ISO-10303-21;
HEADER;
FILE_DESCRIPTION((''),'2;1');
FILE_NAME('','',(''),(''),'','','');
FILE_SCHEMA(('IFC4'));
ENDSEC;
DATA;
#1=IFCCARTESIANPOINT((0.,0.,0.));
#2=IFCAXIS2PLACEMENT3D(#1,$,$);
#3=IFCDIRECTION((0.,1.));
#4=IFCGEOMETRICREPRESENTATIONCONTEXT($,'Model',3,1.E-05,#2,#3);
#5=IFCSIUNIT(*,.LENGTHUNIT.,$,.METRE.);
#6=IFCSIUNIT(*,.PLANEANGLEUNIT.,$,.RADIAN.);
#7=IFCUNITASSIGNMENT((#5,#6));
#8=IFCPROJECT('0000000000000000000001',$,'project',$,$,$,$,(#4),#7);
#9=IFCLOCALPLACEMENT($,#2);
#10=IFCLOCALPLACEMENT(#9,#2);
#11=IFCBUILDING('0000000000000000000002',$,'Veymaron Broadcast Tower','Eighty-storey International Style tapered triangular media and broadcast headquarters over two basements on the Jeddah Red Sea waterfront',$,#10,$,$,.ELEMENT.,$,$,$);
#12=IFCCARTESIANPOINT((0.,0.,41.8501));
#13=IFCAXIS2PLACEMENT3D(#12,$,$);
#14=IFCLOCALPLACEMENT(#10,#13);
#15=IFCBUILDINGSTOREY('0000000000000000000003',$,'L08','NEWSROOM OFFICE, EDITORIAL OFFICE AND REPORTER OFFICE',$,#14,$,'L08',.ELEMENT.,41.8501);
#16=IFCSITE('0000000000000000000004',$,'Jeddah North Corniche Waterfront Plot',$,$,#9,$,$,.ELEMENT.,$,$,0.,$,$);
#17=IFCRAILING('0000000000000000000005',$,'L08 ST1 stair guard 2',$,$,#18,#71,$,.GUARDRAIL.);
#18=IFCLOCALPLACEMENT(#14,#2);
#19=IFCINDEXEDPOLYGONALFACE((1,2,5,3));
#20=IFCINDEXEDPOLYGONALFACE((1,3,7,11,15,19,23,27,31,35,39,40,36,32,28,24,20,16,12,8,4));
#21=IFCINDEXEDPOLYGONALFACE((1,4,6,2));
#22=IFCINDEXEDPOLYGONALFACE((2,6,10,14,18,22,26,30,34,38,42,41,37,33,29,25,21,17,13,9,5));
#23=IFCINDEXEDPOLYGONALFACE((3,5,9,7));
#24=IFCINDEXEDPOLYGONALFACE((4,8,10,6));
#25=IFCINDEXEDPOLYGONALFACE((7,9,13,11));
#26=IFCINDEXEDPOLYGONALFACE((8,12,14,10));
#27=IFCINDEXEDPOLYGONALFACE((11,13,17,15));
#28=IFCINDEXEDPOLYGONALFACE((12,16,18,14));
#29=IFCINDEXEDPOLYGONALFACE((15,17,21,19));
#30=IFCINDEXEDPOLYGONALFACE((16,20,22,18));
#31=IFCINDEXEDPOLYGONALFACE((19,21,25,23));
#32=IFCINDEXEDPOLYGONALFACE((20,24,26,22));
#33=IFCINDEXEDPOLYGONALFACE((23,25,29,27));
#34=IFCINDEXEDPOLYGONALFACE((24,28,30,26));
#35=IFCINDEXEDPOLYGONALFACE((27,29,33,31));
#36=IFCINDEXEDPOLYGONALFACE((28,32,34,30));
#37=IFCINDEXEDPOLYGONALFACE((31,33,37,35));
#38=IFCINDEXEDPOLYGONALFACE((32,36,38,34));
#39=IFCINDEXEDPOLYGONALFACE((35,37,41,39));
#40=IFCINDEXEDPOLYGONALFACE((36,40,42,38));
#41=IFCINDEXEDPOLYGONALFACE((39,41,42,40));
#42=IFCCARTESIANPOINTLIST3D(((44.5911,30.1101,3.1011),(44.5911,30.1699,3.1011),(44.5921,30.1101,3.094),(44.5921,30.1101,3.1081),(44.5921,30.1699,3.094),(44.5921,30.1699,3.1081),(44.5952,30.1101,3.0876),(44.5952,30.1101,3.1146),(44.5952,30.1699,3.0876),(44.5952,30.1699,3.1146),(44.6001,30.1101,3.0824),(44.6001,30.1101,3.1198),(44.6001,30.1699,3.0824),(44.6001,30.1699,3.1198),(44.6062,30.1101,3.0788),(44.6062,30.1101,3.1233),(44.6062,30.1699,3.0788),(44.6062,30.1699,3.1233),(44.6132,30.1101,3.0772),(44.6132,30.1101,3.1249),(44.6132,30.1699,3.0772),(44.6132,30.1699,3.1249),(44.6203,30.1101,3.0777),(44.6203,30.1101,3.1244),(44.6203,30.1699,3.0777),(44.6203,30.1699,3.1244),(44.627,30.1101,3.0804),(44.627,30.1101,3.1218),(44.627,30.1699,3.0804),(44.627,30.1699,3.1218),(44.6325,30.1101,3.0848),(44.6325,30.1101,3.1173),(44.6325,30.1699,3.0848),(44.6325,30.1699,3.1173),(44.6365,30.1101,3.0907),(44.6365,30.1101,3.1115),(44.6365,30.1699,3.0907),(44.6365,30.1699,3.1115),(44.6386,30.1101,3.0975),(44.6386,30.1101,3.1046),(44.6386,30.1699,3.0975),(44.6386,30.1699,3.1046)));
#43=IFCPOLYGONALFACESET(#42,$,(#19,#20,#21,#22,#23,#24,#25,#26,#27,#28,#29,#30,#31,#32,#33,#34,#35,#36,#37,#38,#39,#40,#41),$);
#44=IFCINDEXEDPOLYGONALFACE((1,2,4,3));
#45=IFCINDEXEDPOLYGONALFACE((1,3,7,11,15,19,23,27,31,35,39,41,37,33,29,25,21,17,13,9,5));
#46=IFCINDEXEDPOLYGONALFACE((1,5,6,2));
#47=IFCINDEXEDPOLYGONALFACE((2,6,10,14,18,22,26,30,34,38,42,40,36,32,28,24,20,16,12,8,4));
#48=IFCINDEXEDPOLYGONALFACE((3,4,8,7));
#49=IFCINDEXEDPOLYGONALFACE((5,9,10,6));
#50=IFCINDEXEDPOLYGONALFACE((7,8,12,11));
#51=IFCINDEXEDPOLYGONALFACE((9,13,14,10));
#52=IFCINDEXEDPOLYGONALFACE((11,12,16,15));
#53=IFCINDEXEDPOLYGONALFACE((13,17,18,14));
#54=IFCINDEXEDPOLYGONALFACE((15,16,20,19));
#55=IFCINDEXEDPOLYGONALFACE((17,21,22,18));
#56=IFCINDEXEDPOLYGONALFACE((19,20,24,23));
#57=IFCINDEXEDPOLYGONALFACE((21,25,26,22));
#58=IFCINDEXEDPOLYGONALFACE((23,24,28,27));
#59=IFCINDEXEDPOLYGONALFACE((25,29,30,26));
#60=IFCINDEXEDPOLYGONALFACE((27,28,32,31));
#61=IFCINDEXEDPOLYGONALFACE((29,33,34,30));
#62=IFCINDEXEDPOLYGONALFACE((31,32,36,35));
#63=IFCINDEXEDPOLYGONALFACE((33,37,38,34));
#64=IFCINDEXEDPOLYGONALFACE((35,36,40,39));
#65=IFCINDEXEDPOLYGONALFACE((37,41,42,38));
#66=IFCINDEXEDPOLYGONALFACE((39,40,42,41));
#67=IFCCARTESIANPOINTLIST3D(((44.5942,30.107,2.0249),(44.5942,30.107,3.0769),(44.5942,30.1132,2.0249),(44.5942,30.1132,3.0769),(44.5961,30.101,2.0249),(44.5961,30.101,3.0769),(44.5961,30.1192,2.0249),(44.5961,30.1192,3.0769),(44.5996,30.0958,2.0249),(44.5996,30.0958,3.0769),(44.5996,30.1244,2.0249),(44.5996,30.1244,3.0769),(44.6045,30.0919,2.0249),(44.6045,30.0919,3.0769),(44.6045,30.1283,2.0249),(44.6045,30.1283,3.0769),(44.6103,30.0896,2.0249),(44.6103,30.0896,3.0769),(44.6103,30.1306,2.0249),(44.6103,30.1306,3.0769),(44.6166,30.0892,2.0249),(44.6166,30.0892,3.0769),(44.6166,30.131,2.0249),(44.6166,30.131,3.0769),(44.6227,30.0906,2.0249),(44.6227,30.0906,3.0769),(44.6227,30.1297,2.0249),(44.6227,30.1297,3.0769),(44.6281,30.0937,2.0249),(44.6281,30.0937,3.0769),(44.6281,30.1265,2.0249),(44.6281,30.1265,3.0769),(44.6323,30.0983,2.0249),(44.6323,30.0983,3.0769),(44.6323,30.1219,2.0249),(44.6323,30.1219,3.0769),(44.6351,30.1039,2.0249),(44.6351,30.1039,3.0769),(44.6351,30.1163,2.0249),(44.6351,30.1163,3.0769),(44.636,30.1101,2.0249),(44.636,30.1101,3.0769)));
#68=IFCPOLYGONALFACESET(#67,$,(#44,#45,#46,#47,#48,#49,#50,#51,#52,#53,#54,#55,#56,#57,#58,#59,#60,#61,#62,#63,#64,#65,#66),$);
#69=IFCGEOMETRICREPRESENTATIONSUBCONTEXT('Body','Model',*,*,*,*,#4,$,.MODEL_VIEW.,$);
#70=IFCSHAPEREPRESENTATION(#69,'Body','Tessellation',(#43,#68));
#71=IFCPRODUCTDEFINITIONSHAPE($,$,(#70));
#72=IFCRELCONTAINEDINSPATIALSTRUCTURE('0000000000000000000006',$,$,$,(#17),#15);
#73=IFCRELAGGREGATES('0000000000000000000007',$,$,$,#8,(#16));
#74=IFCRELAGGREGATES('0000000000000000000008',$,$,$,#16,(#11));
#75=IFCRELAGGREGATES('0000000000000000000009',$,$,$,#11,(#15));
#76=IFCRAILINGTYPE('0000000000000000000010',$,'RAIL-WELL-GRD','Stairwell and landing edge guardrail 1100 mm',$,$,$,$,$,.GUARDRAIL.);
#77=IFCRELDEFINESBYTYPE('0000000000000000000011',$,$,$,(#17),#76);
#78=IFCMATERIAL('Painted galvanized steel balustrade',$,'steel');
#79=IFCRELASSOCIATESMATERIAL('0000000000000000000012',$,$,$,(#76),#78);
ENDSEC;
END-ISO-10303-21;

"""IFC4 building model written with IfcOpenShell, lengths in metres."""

from ifc_helpers import new_model, si_unit, direction, frame, origin, origin_2d, place, context, subcontext, project, spatial, circle, extrude, material, type_object, element, save


model = new_model("IFC4")

# Units and contexts
model_context = context("Model", 3, precision=1e-05, world=origin(), true_north=direction((0.0, 1.0)))
body_context = subcontext(model_context, "Body", "Model", "MODEL_VIEW")
ifc_project = project(units=[si_unit("LENGTHUNIT", "METRE"), si_unit("PLANEANGLEUNIT", "RADIAN")], contexts=[model_context])

# Site, building, storey
site_placement = place(None, origin())
site = spatial("IfcSite", under=ifc_project, at=site_placement, Name="Jeddah North Corniche Waterfront Plot", CompositionType="ELEMENT", RefElevation=0.0)
building_placement = place(site_placement, origin())
building = spatial("IfcBuilding", under=site, at=building_placement, Name="Veymaron Broadcast Tower", Description="Eighty-storey International Style tapered triangular media and broadcast headquarters over two basements on the Jeddah Red Sea waterfront", CompositionType="ELEMENT")
storey_placement = place(building_placement, frame((0.0, 0.0, 41.8501)))
storey = spatial("IfcBuildingStorey", under=building, at=storey_placement, Name="L08", Description="NEWSROOM OFFICE, EDITORIAL OFFICE AND REPORTER OFFICE", LongName="L08", CompositionType="ELEMENT", Elevation=41.8501)

# Railing
ifc_material_1 = material(Name="Painted galvanized steel balustrade", Category="steel")
railing_type_1 = type_object("IfcRailingType", Name="RAIL-WELL-GRD", Description="Stairwell and landing edge guardrail 1100 mm", PredefinedType="GUARDRAIL", material=ifc_material_1)
railing_1_placement = place(storey_placement, frame((44.615, 30.1101, 2.0249)))
element("IfcRailing", 1, at=railing_1_placement, inside=storey, type_object=railing_type_1, Name="L08 ST1 stair guard 2", PredefinedType="GUARDRAIL", context=body_context, shape_type="SweptSolid", body=[
    extrude(circle(Radius=0.0239, at=origin_2d()), frame((0.0, 0.0, 1.0762), z_axis=(0.0, 1.0, 0.0), x_axis=(-1.0, 0.0, 0.0)), (0.0, 0.0, 1.0), 0.0598),
    extrude(circle(Radius=0.021, at=origin_2d()), origin(), (0.0, 0.0, 1.0), 1.052),
])

save(model, "model.ifc")
